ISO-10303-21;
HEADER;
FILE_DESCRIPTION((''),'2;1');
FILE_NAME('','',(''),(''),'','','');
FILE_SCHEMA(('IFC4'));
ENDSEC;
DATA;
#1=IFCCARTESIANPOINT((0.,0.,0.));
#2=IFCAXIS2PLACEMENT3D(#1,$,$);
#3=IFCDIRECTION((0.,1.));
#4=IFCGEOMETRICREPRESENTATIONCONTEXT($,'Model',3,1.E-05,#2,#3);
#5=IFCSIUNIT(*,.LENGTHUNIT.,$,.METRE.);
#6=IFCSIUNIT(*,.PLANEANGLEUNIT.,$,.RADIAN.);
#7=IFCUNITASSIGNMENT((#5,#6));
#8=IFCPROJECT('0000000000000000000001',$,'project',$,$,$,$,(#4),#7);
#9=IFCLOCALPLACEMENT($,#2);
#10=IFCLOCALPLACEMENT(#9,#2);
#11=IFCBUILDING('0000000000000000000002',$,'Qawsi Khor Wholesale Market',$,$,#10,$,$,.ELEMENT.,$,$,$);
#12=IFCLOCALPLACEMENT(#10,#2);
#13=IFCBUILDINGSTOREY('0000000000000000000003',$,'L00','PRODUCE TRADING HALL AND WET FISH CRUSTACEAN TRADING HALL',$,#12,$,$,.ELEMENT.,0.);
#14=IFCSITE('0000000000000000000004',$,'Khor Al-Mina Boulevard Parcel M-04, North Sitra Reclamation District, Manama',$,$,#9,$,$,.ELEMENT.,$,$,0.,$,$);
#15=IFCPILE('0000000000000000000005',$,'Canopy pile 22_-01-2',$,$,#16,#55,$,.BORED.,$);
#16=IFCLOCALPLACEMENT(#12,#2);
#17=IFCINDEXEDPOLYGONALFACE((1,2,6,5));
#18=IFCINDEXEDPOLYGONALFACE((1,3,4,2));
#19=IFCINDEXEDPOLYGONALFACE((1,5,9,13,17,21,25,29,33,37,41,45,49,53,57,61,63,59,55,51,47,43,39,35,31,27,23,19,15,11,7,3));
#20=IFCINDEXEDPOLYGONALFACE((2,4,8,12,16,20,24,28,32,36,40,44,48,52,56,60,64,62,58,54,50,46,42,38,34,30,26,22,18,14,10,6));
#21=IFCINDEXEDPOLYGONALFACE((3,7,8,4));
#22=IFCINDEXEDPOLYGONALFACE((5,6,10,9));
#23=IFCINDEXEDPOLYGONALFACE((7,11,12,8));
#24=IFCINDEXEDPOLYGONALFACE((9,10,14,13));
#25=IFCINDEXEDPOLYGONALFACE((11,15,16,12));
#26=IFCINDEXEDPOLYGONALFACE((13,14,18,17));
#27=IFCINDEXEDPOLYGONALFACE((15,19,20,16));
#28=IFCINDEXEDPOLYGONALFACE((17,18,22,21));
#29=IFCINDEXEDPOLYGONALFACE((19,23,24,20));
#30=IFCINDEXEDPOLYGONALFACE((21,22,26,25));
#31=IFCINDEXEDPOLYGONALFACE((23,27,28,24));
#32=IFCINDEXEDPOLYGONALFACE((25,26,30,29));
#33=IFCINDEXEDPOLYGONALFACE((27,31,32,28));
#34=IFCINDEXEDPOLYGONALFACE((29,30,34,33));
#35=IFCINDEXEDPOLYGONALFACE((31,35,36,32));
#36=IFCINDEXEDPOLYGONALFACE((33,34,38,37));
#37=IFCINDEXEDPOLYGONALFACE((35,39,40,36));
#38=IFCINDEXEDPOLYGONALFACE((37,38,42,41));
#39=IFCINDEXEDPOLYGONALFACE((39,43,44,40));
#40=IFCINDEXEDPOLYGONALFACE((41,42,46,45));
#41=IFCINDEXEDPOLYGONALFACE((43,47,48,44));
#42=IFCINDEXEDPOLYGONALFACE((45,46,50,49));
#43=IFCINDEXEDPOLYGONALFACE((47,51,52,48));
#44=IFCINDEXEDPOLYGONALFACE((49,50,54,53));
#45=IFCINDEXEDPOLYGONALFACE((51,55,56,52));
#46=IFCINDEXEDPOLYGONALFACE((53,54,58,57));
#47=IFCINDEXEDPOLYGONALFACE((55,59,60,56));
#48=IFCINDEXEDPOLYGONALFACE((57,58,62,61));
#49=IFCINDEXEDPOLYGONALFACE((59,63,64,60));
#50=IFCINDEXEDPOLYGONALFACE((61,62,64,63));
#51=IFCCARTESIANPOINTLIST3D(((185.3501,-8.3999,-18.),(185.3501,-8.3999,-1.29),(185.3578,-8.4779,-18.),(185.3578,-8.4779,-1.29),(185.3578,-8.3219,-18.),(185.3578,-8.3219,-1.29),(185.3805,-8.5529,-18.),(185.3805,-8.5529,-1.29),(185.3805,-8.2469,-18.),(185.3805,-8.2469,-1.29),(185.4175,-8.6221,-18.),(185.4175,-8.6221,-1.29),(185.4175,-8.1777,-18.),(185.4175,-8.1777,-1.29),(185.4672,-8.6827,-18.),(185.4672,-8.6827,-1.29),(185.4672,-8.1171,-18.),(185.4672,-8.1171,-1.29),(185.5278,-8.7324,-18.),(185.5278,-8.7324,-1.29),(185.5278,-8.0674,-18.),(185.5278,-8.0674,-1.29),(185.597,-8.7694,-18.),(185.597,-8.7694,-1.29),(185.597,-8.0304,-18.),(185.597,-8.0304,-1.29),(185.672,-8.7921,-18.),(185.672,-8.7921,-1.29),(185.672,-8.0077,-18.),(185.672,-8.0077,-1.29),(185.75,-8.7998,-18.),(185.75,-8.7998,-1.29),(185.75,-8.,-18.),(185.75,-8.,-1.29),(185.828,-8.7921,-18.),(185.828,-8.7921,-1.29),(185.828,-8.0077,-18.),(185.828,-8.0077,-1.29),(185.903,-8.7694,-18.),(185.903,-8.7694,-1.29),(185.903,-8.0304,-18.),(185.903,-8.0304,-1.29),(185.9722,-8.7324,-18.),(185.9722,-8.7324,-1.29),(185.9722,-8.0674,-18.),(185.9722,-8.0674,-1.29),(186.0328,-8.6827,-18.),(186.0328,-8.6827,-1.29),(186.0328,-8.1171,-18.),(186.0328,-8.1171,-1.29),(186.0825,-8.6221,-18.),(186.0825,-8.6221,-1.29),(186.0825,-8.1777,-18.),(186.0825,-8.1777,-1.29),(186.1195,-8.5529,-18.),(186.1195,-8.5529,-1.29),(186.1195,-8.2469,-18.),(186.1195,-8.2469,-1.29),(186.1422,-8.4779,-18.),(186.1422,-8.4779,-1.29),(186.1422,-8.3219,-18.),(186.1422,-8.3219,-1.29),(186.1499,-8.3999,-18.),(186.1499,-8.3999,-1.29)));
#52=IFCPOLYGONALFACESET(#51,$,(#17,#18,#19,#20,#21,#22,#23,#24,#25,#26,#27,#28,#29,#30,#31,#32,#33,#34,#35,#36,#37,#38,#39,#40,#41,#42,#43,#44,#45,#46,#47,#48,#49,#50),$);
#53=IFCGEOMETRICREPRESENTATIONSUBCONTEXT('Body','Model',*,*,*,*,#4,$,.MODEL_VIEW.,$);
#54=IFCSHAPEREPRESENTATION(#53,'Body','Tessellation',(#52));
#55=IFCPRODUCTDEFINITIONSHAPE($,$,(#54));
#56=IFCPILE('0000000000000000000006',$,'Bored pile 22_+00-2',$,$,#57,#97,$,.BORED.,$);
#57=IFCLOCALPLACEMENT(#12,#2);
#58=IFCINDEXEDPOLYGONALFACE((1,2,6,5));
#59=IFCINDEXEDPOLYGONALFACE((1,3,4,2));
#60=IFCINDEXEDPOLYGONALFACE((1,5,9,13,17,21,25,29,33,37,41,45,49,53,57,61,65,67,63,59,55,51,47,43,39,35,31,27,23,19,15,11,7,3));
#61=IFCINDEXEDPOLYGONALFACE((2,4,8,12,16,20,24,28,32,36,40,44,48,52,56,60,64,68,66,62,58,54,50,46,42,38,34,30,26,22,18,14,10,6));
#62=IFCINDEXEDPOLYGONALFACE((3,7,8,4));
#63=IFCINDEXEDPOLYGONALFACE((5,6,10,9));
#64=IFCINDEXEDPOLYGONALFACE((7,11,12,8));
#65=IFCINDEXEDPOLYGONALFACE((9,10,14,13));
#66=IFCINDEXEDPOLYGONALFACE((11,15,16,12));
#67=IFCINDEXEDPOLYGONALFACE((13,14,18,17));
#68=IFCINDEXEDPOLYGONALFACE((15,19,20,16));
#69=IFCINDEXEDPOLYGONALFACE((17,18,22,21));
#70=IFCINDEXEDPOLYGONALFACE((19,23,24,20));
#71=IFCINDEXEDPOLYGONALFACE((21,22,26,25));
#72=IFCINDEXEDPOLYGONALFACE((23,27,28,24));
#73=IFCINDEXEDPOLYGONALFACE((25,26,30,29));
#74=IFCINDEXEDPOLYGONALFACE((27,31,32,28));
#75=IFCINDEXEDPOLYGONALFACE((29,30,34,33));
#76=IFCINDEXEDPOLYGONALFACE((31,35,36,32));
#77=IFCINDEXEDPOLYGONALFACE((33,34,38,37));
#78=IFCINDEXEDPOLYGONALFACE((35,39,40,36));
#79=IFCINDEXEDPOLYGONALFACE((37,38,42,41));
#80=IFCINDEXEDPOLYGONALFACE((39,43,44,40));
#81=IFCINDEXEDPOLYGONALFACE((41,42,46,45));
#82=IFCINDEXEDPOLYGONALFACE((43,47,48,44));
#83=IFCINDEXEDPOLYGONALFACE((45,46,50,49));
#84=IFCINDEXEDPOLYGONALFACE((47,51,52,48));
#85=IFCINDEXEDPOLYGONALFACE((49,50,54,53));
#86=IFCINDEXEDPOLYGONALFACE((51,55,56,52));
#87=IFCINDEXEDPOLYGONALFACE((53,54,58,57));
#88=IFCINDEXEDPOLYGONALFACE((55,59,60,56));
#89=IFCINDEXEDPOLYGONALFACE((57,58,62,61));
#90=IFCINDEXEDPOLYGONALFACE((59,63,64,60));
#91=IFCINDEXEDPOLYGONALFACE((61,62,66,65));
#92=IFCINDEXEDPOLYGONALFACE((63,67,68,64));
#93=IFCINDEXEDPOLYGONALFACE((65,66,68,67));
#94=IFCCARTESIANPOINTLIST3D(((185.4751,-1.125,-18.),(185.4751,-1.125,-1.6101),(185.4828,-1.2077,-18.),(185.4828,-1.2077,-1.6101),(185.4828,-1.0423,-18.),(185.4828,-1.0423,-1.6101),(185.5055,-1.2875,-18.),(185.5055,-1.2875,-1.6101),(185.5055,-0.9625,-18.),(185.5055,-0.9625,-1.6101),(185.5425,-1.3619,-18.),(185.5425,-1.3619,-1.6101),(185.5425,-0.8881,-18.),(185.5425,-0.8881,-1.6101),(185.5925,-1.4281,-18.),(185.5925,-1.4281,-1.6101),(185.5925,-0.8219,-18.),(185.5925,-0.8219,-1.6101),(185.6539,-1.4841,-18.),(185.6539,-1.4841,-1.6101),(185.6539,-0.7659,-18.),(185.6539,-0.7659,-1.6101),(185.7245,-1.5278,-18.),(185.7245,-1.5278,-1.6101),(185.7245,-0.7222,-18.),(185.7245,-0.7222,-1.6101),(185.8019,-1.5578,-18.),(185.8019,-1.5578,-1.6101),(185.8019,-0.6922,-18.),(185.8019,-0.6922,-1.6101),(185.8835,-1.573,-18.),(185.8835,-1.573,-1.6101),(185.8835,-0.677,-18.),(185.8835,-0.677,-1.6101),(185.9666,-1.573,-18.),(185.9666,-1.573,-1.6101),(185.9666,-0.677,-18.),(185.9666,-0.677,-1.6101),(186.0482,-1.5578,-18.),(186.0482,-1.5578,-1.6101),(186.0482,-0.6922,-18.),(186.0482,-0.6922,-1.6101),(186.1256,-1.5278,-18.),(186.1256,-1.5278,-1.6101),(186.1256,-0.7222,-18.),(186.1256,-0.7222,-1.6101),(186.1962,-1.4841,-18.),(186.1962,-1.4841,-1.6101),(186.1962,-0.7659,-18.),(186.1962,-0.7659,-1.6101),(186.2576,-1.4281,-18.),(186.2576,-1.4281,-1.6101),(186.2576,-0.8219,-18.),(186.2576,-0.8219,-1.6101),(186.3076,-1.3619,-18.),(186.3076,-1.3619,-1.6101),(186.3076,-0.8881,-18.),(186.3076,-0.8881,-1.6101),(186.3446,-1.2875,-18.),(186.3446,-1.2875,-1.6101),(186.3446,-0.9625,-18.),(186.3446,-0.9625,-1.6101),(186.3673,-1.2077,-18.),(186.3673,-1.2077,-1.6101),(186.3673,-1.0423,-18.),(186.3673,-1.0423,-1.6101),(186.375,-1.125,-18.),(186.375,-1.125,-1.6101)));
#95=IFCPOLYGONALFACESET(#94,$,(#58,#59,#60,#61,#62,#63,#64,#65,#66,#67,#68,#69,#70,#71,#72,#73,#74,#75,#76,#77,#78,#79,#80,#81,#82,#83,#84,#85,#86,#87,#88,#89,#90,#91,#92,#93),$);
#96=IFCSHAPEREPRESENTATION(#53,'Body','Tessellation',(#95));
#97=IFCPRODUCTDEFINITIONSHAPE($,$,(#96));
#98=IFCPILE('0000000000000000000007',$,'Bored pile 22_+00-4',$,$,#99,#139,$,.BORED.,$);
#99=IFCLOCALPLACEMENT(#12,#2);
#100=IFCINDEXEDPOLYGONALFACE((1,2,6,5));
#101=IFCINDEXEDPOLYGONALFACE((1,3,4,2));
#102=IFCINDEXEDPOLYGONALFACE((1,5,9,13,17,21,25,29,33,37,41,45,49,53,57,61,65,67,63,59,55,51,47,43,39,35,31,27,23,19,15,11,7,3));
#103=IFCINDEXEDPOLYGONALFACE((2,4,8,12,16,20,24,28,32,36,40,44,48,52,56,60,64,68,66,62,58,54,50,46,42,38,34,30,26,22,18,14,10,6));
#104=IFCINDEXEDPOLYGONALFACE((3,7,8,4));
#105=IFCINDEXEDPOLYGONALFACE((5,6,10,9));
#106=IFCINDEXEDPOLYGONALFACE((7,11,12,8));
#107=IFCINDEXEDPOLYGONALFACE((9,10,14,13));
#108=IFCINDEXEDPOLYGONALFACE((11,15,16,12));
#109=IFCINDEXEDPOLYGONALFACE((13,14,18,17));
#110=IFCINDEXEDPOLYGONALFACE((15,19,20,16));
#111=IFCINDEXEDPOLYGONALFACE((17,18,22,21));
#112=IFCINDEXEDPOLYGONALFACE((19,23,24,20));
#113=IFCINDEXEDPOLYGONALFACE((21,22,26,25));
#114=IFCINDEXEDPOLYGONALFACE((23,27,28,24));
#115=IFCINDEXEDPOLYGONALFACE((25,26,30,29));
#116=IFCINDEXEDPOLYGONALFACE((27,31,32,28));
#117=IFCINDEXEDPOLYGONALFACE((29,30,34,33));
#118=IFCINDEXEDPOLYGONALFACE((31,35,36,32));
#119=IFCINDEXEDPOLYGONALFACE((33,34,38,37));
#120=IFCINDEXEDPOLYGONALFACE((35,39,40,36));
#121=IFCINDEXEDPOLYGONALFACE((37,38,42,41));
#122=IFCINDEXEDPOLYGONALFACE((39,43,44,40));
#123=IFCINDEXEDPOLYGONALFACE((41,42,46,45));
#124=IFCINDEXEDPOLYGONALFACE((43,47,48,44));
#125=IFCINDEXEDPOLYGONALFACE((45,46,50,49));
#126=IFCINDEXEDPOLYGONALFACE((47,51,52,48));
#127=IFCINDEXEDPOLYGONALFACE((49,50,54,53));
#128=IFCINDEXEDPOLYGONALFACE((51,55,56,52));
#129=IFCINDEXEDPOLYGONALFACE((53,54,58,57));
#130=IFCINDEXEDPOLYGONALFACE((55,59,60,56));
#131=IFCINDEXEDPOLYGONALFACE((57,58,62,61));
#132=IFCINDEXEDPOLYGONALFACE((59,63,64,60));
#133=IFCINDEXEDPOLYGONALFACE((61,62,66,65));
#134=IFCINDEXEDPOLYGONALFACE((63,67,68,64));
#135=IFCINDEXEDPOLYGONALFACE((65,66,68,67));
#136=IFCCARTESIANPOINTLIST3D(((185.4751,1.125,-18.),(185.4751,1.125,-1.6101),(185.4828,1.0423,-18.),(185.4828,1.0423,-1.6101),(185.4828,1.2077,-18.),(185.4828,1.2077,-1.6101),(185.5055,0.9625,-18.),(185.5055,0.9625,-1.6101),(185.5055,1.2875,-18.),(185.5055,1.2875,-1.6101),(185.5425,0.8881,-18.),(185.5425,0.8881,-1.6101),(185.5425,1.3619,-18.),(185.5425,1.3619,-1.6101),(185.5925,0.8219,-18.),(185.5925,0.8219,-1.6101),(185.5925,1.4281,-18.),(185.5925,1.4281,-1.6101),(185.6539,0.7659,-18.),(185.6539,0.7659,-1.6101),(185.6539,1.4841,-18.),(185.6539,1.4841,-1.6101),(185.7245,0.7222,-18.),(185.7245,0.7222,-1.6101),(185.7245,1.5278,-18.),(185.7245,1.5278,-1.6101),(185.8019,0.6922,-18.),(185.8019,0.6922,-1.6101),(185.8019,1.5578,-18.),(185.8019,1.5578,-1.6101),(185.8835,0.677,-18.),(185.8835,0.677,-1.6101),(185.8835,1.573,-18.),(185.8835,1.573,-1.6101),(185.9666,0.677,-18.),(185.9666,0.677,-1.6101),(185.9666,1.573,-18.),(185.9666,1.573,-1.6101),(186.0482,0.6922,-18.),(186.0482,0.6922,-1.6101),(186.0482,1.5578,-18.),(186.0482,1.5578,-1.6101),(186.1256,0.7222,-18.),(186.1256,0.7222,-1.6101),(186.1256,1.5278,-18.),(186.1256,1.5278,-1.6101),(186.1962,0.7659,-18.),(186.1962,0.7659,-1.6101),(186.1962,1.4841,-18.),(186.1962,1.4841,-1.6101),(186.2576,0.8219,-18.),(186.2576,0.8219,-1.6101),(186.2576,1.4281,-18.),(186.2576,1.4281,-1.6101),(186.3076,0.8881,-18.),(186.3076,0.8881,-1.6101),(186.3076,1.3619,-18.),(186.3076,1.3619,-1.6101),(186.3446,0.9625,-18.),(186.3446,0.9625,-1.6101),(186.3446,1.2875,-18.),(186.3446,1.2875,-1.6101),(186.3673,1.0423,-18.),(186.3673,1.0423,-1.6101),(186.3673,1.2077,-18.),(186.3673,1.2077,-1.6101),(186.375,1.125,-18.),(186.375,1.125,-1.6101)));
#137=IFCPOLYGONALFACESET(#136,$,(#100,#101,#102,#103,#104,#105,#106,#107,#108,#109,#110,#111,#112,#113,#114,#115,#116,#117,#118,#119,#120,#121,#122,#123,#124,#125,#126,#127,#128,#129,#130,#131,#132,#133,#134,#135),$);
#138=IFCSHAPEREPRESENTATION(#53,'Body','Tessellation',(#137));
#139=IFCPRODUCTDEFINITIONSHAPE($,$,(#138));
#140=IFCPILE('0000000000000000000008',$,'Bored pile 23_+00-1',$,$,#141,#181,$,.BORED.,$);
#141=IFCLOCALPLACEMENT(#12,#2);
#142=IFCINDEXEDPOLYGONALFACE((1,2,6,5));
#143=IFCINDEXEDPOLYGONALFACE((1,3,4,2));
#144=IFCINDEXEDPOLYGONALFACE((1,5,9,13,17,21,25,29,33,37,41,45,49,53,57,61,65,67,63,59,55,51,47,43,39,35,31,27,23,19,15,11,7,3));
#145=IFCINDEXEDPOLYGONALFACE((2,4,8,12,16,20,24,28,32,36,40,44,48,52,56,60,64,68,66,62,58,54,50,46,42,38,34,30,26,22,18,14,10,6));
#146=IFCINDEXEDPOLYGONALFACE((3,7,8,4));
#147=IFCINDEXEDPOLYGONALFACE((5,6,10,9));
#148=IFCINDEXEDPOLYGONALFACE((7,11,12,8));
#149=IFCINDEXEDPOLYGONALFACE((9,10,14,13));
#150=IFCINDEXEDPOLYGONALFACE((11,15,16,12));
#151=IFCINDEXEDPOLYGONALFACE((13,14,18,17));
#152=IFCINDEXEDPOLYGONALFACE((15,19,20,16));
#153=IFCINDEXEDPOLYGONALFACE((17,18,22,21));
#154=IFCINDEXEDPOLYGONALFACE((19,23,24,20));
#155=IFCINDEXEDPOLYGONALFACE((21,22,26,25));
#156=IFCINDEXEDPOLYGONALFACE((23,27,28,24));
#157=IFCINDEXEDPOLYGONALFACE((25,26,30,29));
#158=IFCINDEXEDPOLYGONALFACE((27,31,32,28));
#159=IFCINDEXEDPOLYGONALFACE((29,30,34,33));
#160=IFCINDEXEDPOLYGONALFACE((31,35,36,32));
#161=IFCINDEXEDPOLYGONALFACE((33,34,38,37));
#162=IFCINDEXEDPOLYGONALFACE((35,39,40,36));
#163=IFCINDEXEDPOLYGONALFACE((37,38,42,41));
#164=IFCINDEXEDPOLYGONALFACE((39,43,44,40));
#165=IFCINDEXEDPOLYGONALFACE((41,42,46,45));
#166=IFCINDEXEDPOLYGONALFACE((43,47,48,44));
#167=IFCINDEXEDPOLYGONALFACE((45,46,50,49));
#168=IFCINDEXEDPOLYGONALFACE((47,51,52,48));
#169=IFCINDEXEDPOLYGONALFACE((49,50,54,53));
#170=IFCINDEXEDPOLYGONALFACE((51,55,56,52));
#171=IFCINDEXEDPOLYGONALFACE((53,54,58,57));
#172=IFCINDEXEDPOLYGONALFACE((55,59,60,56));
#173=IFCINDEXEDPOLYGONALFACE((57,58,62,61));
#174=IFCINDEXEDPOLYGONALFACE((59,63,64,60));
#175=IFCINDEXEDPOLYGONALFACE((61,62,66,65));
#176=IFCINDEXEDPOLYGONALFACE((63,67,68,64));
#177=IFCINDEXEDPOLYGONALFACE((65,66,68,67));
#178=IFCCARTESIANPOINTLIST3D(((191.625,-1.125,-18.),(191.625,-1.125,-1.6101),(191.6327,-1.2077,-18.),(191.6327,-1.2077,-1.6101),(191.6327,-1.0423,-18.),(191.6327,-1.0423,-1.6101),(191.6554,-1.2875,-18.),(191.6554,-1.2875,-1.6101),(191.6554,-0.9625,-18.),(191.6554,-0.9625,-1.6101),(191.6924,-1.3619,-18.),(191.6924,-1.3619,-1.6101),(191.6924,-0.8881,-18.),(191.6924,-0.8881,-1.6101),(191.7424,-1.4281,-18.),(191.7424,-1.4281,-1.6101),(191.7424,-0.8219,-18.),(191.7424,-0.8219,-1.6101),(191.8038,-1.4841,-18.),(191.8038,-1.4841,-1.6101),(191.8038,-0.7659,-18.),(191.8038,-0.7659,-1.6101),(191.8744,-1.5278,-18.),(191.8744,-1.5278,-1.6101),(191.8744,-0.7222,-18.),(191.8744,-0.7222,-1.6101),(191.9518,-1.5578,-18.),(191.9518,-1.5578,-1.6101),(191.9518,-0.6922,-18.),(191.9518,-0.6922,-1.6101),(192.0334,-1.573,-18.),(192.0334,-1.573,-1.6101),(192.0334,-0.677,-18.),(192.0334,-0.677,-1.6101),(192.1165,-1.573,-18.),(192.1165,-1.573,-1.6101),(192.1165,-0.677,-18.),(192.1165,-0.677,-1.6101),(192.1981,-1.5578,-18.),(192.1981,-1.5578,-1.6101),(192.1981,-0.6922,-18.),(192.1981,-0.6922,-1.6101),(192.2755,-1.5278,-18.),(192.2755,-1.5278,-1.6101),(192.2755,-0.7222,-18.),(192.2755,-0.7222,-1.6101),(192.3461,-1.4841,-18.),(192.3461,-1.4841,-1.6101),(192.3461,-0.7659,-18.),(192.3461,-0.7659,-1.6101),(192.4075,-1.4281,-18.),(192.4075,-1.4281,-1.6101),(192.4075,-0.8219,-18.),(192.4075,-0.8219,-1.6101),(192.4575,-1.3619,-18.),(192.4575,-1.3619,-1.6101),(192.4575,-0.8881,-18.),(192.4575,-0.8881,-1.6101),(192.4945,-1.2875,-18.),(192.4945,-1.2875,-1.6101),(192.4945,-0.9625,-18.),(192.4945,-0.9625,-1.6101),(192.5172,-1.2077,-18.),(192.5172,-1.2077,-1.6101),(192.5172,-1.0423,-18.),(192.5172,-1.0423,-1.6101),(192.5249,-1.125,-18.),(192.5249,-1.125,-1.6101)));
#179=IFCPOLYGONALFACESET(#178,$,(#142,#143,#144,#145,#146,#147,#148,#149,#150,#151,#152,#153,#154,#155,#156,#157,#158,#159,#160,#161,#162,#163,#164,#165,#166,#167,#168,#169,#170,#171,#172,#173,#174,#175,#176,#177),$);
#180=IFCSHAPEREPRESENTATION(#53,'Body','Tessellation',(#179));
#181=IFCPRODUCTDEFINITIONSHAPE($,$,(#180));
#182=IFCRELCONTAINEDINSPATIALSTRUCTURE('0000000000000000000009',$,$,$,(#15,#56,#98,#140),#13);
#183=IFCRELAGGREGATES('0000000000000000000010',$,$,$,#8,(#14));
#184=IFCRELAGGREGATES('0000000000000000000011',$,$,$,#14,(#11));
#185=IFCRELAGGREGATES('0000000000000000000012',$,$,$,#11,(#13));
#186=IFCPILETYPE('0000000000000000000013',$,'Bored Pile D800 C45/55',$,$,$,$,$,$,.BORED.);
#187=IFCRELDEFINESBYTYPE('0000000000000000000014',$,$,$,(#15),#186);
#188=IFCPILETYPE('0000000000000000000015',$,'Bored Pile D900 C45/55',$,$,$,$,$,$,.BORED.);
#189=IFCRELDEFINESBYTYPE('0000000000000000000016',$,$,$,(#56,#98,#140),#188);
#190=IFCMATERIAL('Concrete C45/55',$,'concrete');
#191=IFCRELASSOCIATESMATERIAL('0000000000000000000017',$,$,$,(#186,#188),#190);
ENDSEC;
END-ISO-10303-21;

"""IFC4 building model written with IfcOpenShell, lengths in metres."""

from ifc_helpers import new_model, si_unit, direction, frame, origin, origin_2d, place, context, subcontext, project, spatial, circle, extrude, material, material_profile, profile_set, type_object, element, save


model = new_model("IFC4")

# Units and contexts
model_context = context("Model", 3, precision=1e-05, world=origin(), true_north=direction((0.0, 1.0)))
body_context = subcontext(model_context, "Body", "Model", "MODEL_VIEW")
ifc_project = project(units=[si_unit("LENGTHUNIT", "METRE"), si_unit("PLANEANGLEUNIT", "RADIAN")], contexts=[model_context])

# Site, building, storey
site_placement = place(None, origin())
site = spatial("IfcSite", under=ifc_project, at=site_placement, Name="Khor Al-Mina Boulevard Parcel M-04, North Sitra Reclamation District, Manama", CompositionType="ELEMENT", RefElevation=0.0)
building_placement = place(site_placement, origin())
building = spatial("IfcBuilding", under=site, at=building_placement, Name="Qawsi Khor Wholesale Market", CompositionType="ELEMENT")
storey_placement = place(building_placement, origin())
storey = spatial("IfcBuildingStorey", under=building, at=storey_placement, Name="L00", Description="PRODUCE TRADING HALL AND WET FISH CRUSTACEAN TRADING HALL", CompositionType="ELEMENT", Elevation=0.0)

# Piles
ifc_material_1 = material(Name="Concrete C45/55", Category="concrete")
ifc_material_profile_1 = material_profile(ifc_material_1, circle(Radius=0.3999, at=origin_2d()), Name="PILE D800")
ifc_profile_set_1 = profile_set([ifc_material_profile_1], Name="Concrete C45/55")
pile_type_1 = type_object("IfcPileType", Name="Bored Pile D800 C45/55", PredefinedType="BORED", material=ifc_profile_set_1)
pile_placement = place(storey_placement, frame((185.75, -8.3999, -1.29), z_axis=(0.0, 0.0, -1.0), x_axis=(1.0, 0.0, 0.0)))
element("IfcPile", 1, at=pile_placement, inside=storey, type_object=pile_type_1, Name="Canopy pile 22_-01-2", PredefinedType="BORED", context=body_context, shape_type="SweptSolid", body=[
    extrude(circle(Radius=0.3999, at=origin_2d()), origin(), (0.0, 0.0, 1.0), 16.71),
])
ifc_material_profile_2 = material_profile(ifc_material_1, circle(Radius=0.45, at=origin_2d()), Name="PILE D900")
ifc_profile_set_2 = profile_set([ifc_material_profile_2], Name="Concrete C45/55")
pile_type_2 = type_object("IfcPileType", Name="Bored Pile D900 C45/55", PredefinedType="BORED", material=ifc_profile_set_2)
for number, where, z_axis, x_axis, name in (
    (2, (185.925, -1.125, -1.6101), (0.0, 0.0, -1.0), (1.0, 0.0, 0.0), "Bored pile 22_+00-2"),
    (3, (185.925, 1.125, -1.6101), (0.0, 0.0, -1.0), (1.0, 0.0, 0.0), "Bored pile 22_+00-4"),
    (4, (192.075, -1.125, -1.6101), (0.0, 0.0, -1.0), (1.0, 0.0, 0.0), "Bored pile 23_+00-1"),
):
    element("IfcPile", number, at=place(storey_placement, frame(where, z_axis=z_axis, x_axis=x_axis)), inside=storey, type_object=pile_type_2, Name=name, PredefinedType="BORED", context=body_context, shape_type="SweptSolid", body=[
        extrude(circle(Radius=0.45, at=origin_2d()), origin(), (0.0, 0.0, 1.0), 16.3899),
    ])

save(model, "model.ifc")
